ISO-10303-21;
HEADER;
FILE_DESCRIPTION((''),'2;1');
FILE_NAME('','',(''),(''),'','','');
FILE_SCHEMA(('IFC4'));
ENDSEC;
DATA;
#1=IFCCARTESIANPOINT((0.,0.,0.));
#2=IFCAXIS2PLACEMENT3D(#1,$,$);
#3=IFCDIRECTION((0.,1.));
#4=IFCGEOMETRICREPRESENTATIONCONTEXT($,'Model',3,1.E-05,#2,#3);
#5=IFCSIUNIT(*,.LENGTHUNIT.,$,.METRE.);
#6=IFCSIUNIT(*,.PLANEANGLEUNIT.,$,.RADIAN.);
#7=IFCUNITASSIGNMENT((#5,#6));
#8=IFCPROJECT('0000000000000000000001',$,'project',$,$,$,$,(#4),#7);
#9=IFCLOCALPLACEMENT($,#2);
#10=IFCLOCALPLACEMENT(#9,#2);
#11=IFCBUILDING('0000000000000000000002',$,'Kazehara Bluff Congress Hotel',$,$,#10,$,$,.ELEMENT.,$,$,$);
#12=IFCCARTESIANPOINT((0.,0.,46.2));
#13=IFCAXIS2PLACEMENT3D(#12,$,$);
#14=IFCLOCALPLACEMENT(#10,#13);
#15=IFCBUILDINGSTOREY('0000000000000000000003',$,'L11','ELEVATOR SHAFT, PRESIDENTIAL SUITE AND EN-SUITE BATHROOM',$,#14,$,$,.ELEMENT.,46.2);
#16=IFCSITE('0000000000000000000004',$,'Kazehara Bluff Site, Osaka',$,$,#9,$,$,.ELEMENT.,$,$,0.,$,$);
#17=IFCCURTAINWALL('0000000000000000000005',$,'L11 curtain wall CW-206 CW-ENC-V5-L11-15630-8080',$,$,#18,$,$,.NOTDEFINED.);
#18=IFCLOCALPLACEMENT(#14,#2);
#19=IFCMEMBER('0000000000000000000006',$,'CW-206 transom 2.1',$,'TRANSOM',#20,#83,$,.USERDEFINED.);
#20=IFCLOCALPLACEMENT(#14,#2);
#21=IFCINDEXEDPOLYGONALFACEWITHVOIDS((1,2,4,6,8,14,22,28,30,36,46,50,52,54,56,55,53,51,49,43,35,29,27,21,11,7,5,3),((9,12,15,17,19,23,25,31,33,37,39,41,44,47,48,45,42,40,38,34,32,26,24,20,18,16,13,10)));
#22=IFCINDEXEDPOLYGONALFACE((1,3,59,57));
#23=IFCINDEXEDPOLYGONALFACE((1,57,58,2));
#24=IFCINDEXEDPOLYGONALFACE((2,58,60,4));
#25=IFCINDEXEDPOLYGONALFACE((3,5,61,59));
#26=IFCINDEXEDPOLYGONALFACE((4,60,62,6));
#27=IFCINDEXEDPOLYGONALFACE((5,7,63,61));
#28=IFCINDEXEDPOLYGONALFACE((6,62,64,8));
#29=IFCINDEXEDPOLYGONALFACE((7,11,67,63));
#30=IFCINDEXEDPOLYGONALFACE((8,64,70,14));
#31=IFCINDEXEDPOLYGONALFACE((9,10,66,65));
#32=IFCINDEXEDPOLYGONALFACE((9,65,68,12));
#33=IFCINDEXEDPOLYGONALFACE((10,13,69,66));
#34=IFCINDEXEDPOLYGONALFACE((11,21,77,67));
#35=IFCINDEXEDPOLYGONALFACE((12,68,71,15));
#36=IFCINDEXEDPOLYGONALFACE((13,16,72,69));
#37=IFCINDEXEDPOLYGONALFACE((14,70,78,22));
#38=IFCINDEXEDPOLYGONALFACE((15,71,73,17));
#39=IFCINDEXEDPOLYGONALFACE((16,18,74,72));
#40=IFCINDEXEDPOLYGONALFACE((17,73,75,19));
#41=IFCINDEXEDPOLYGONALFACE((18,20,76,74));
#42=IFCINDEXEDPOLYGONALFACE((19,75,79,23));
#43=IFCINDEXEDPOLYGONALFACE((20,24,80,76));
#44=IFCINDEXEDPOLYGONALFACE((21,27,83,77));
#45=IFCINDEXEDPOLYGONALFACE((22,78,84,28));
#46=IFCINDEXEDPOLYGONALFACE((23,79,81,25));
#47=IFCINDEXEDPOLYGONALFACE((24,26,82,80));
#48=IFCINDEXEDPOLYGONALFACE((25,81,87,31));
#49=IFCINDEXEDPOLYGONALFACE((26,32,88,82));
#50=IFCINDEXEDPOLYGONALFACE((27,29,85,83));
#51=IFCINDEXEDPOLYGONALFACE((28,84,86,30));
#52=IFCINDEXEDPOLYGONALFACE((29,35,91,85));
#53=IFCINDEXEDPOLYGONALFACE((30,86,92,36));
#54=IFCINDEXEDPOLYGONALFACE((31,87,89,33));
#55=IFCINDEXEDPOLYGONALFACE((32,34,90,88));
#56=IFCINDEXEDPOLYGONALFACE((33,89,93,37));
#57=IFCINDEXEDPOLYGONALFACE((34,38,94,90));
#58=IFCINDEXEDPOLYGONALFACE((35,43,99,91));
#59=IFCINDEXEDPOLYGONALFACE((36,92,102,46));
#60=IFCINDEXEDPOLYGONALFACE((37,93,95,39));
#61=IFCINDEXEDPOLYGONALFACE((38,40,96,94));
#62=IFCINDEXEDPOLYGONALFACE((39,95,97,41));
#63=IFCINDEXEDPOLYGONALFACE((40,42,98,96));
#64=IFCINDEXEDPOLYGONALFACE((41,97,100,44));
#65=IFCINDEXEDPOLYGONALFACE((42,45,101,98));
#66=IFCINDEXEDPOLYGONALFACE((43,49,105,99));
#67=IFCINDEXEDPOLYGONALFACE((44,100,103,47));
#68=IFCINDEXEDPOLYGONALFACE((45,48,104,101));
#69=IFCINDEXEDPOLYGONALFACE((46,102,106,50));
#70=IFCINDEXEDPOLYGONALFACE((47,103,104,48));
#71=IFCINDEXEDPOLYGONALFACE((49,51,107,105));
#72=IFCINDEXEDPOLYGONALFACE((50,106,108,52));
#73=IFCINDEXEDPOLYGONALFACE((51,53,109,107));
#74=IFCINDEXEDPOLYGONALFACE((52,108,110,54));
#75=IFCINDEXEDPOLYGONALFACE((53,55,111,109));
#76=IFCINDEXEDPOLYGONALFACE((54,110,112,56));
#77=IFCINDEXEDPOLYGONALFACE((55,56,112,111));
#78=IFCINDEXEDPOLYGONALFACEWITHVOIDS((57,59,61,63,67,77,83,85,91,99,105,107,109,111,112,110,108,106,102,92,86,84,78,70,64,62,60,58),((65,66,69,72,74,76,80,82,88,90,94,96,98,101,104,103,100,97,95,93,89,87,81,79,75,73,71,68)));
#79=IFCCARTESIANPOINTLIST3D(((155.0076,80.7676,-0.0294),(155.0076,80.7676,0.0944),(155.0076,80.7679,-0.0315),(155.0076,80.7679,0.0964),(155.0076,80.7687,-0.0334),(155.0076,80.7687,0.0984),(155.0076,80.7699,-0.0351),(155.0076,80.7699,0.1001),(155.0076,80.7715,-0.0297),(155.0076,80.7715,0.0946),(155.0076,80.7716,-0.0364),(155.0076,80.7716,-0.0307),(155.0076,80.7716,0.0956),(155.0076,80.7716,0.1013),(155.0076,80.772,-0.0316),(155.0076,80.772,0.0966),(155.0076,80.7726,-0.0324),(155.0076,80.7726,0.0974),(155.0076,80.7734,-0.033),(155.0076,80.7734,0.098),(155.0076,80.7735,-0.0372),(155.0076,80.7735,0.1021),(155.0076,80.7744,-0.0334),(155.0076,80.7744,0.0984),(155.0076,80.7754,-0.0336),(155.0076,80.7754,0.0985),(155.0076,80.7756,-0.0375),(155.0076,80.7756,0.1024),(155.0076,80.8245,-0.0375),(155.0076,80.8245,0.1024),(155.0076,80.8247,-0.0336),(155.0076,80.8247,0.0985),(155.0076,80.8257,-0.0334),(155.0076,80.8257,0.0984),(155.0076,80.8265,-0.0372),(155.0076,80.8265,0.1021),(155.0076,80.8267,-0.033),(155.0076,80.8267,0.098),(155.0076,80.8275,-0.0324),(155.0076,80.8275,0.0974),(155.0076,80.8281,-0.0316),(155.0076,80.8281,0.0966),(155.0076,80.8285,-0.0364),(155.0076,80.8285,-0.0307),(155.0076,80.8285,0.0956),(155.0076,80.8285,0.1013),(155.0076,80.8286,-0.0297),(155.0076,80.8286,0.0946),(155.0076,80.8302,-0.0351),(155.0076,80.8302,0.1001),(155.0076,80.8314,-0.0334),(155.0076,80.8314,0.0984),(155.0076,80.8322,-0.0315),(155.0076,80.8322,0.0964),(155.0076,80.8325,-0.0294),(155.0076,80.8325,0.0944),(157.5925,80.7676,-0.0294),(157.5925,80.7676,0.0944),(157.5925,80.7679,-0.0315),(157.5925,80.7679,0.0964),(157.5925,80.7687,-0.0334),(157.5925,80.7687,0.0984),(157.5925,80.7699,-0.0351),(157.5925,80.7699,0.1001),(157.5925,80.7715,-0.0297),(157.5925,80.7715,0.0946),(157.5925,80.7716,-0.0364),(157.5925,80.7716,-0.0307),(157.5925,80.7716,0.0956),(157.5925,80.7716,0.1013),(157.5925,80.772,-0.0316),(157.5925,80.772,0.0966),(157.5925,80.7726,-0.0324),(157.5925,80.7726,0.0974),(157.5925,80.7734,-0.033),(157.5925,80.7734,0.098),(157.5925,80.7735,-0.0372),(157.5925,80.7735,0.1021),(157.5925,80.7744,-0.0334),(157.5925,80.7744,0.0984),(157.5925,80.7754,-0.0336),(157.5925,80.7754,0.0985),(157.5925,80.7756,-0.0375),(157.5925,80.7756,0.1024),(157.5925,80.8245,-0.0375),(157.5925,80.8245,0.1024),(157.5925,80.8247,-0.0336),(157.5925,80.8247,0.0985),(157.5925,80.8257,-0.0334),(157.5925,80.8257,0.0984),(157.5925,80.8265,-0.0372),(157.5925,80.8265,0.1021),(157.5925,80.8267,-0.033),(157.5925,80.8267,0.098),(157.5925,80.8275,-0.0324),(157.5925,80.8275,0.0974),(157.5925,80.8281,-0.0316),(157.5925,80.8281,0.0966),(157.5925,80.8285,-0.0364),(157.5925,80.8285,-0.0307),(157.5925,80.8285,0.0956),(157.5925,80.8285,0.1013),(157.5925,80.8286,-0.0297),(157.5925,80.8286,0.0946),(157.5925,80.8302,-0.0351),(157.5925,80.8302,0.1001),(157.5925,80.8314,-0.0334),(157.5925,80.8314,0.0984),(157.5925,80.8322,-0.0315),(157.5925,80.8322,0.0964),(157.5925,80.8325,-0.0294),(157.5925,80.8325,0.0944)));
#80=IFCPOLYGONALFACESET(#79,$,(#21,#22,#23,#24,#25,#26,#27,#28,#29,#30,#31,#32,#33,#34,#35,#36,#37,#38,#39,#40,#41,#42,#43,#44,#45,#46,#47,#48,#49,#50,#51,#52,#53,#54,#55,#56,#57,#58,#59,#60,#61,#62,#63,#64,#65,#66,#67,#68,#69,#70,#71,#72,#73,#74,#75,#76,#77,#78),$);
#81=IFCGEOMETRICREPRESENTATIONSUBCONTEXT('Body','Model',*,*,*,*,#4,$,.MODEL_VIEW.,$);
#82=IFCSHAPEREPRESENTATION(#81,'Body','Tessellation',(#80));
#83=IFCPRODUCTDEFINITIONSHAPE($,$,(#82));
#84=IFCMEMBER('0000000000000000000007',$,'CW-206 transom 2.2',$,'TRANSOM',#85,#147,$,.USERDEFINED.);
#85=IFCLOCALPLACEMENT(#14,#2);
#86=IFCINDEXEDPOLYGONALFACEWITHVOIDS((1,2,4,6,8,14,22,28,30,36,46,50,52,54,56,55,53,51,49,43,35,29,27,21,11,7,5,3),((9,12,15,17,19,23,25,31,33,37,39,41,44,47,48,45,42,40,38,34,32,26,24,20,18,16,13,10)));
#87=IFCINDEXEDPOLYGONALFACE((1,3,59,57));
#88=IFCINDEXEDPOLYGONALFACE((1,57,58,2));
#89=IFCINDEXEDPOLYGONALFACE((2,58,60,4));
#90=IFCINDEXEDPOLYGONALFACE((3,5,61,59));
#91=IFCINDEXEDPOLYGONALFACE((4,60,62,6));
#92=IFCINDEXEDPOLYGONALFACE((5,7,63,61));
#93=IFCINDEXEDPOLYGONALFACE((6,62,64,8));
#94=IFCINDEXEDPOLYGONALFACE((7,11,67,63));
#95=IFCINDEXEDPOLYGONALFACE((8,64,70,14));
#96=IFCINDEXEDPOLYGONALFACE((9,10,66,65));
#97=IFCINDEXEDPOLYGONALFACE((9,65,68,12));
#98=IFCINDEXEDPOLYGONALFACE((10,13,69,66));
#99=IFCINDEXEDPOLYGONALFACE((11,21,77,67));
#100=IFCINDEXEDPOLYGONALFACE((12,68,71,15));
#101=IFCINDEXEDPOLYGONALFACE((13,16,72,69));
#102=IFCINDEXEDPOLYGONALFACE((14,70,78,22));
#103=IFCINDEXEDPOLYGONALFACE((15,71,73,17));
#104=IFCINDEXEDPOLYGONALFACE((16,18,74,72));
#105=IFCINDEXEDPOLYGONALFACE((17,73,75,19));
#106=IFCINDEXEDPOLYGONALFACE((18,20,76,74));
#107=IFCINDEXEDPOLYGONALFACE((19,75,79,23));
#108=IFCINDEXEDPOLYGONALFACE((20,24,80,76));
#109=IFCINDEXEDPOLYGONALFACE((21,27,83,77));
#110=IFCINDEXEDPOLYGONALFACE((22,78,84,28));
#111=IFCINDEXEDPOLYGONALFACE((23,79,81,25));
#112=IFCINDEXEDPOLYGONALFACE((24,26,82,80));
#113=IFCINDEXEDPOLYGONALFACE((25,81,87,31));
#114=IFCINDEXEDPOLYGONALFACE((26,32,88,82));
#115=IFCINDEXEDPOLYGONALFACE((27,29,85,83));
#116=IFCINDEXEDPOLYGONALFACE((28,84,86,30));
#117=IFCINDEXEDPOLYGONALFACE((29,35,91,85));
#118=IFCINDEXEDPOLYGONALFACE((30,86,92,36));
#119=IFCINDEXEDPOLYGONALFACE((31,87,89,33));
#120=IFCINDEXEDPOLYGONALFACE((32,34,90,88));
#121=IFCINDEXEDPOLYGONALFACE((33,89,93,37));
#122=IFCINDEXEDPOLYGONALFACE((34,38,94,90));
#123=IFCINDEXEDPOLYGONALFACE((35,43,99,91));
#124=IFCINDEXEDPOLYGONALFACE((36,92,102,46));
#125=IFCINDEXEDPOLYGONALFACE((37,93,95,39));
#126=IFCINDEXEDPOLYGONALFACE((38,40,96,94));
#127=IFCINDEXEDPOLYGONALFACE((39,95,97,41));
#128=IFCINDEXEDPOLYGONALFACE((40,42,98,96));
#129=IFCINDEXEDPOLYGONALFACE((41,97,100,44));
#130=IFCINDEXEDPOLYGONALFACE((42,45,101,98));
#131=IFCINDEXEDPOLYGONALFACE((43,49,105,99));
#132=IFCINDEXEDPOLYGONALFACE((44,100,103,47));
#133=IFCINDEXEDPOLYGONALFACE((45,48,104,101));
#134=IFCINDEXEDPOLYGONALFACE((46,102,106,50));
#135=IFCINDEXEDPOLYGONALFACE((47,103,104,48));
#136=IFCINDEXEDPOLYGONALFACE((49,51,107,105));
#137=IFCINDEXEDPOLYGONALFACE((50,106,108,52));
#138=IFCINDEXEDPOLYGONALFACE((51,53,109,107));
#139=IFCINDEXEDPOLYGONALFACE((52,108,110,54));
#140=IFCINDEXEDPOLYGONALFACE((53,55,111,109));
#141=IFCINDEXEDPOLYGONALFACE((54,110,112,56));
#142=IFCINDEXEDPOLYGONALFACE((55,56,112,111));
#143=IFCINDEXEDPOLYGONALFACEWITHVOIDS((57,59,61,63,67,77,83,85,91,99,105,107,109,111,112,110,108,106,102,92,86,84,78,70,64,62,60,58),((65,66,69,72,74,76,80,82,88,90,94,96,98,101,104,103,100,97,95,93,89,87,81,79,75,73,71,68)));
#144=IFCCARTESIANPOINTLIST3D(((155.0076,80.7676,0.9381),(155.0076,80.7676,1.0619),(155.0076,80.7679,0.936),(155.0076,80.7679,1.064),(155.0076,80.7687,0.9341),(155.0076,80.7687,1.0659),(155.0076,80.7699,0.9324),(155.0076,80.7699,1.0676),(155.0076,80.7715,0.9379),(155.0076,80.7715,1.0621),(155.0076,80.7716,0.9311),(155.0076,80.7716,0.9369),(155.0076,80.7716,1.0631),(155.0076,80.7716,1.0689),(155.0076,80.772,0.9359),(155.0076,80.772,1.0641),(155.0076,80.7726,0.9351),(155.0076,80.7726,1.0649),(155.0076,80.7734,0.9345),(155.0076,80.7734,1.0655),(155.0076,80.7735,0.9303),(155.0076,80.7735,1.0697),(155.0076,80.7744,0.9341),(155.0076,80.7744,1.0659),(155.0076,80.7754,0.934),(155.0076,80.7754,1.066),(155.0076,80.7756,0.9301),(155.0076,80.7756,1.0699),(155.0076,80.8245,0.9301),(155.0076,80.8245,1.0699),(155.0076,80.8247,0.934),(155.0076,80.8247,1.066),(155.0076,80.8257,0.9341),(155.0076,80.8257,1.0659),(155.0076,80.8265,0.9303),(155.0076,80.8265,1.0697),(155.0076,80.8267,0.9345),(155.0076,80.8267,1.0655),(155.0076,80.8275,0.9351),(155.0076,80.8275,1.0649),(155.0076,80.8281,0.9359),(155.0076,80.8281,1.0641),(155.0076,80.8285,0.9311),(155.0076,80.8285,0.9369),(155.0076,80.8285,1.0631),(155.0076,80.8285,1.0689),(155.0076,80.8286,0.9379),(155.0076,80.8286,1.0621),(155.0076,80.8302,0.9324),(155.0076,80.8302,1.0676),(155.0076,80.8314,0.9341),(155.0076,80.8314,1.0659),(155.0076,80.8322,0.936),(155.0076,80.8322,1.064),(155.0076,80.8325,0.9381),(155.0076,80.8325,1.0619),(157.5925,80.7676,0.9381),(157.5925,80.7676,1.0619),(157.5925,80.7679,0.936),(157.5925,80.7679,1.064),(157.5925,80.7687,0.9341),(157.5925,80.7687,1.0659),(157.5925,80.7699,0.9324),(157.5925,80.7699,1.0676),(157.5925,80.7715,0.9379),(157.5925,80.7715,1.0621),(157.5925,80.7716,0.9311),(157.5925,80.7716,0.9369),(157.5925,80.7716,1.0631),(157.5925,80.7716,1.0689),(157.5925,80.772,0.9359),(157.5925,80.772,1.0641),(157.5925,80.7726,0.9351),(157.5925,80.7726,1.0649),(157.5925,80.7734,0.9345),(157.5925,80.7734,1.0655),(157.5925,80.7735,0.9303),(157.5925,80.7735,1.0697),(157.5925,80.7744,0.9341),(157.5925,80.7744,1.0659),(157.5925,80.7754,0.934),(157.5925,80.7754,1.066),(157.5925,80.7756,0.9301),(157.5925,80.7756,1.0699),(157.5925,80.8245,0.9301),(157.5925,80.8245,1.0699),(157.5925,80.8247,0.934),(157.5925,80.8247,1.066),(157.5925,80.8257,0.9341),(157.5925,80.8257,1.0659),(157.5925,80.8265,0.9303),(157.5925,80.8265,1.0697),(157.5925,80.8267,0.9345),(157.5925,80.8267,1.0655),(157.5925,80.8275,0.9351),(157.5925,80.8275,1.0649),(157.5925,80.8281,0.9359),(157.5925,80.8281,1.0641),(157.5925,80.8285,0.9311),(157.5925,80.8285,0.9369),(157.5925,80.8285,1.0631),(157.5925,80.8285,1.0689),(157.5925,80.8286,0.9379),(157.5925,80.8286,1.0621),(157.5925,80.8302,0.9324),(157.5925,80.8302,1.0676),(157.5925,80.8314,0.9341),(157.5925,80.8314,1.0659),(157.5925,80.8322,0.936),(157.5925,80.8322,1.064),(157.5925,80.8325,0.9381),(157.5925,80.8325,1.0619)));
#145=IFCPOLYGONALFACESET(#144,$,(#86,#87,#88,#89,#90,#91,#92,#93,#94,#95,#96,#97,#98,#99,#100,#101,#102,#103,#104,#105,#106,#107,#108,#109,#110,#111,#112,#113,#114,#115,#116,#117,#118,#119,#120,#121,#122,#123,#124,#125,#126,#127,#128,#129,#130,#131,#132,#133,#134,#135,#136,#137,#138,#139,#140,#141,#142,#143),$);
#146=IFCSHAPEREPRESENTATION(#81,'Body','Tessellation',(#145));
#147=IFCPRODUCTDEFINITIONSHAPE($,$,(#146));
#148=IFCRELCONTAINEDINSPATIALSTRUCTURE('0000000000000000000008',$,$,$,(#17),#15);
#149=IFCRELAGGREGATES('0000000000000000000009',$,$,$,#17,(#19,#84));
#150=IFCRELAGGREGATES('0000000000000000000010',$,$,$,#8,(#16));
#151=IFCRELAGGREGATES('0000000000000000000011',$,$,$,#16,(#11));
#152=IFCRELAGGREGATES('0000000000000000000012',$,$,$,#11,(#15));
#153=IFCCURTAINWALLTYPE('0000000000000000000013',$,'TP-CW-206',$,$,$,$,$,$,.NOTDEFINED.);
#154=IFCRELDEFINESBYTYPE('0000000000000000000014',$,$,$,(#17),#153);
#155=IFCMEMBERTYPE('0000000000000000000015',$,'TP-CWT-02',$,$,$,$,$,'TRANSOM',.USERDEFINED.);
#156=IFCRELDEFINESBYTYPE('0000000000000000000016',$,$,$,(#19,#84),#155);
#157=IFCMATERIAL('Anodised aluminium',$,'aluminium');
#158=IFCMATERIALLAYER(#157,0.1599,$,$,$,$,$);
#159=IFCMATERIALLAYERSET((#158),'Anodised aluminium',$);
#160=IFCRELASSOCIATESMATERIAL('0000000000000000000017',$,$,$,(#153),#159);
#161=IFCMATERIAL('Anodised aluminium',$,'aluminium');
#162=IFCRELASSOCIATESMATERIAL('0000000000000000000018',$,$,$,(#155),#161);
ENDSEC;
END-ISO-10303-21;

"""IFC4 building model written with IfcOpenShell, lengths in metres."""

from ifc_helpers import new_model, si_unit, direction, frame, origin, origin_2d, place, context, subcontext, project, spatial, hollow_rectangle, extrude, material, layer, layer_set, material_profile, profile_set, type_object, element, aggregate, save


model = new_model("IFC4")

# Units and contexts
model_context = context("Model", 3, precision=1e-05, world=origin(), true_north=direction((0.0, 1.0)))
body_context = subcontext(model_context, "Body", "Model", "MODEL_VIEW")
ifc_project = project(units=[si_unit("LENGTHUNIT", "METRE"), si_unit("PLANEANGLEUNIT", "RADIAN")], contexts=[model_context])

# Site, building, storey
site_placement = place(None, origin())
site = spatial("IfcSite", under=ifc_project, at=site_placement, Name="Kazehara Bluff Site, Osaka", CompositionType="ELEMENT", RefElevation=0.0)
building_placement = place(site_placement, origin())
building = spatial("IfcBuilding", under=site, at=building_placement, Name="Kazehara Bluff Congress Hotel", CompositionType="ELEMENT")
storey_placement = place(building_placement, frame((0.0, 0.0, 46.2)))
storey = spatial("IfcBuildingStorey", under=building, at=storey_placement, Name="L11", Description="ELEVATOR SHAFT, PRESIDENTIAL SUITE AND EN-SUITE BATHROOM", CompositionType="ELEMENT", Elevation=46.2)

# Shared definitions
ifc_material_1 = material(Name="Anodised aluminium", Category="aluminium")
ifc_layer_1 = layer(ifc_material_1, 0.1599)
ifc_layer_set_1 = layer_set([ifc_layer_1], Name="Anodised aluminium")
curtain_wall_type = type_object("IfcCurtainWallType", Name="TP-CW-206", PredefinedType="NOTDEFINED", material=ifc_layer_set_1)

# Curtain wall, members
curtain_wall_1_placement = place(storey_placement, origin())
curtain_wall_1 = element("IfcCurtainWall", 1, at=curtain_wall_1_placement, inside=storey, type_object=curtain_wall_type, Name="L11 curtain wall CW-206 CW-ENC-V5-L11-15630-8080", PredefinedType="NOTDEFINED")
ifc_material_2 = material(Name="Anodised aluminium", Category="aluminium")
ifc_material_profile_1 = material_profile(ifc_material_2, hollow_rectangle(XDim=0.0649, YDim=0.1399, WallThickness=0.0039, InnerFilletRadius=0.0039, OuterFilletRadius=0.0081, at=origin_2d()))
ifc_profile_set_1 = profile_set([ifc_material_profile_1], Name="Anodised aluminium")
member_type_1 = type_object("IfcMemberType", Name="TP-CWT-02", ElementType="TRANSOM", PredefinedType="USERDEFINED", material=ifc_profile_set_1)
member_1_placement = place(storey_placement, frame((155.0076, 80.8, 0.0325), z_axis=(1.0, 0.0, 0.0), x_axis=(0.0, 1.0, 0.0)))
member_1 = element("IfcMember", 2, at=member_1_placement, type_object=member_type_1, Name="CW-206 transom 2.1", ObjectType="TRANSOM", PredefinedType="USERDEFINED", context=body_context, shape_type="SweptSolid", body=[
    extrude(hollow_rectangle(XDim=0.0649, YDim=0.1399, WallThickness=0.0039, InnerFilletRadius=0.0039, OuterFilletRadius=0.0081, at=origin_2d()), origin(), (0.0, 0.0, 1.0), 2.585),
])
member_2_placement = place(storey_placement, frame((155.0076, 80.8, 1.0), z_axis=(1.0, 0.0, 0.0), x_axis=(0.0, 1.0, 0.0)))
member_2 = element("IfcMember", 3, at=member_2_placement, type_object=member_type_1, Name="CW-206 transom 2.2", ObjectType="TRANSOM", PredefinedType="USERDEFINED", context=body_context, shape_type="SweptSolid", body=[
    extrude(hollow_rectangle(XDim=0.0649, YDim=0.1399, WallThickness=0.0039, InnerFilletRadius=0.0039, OuterFilletRadius=0.0081, at=origin_2d()), origin(), (0.0, 0.0, 1.0), 2.585),
])

aggregate(curtain_wall_1, [member_1, member_2])

save(model, "model.ifc")
